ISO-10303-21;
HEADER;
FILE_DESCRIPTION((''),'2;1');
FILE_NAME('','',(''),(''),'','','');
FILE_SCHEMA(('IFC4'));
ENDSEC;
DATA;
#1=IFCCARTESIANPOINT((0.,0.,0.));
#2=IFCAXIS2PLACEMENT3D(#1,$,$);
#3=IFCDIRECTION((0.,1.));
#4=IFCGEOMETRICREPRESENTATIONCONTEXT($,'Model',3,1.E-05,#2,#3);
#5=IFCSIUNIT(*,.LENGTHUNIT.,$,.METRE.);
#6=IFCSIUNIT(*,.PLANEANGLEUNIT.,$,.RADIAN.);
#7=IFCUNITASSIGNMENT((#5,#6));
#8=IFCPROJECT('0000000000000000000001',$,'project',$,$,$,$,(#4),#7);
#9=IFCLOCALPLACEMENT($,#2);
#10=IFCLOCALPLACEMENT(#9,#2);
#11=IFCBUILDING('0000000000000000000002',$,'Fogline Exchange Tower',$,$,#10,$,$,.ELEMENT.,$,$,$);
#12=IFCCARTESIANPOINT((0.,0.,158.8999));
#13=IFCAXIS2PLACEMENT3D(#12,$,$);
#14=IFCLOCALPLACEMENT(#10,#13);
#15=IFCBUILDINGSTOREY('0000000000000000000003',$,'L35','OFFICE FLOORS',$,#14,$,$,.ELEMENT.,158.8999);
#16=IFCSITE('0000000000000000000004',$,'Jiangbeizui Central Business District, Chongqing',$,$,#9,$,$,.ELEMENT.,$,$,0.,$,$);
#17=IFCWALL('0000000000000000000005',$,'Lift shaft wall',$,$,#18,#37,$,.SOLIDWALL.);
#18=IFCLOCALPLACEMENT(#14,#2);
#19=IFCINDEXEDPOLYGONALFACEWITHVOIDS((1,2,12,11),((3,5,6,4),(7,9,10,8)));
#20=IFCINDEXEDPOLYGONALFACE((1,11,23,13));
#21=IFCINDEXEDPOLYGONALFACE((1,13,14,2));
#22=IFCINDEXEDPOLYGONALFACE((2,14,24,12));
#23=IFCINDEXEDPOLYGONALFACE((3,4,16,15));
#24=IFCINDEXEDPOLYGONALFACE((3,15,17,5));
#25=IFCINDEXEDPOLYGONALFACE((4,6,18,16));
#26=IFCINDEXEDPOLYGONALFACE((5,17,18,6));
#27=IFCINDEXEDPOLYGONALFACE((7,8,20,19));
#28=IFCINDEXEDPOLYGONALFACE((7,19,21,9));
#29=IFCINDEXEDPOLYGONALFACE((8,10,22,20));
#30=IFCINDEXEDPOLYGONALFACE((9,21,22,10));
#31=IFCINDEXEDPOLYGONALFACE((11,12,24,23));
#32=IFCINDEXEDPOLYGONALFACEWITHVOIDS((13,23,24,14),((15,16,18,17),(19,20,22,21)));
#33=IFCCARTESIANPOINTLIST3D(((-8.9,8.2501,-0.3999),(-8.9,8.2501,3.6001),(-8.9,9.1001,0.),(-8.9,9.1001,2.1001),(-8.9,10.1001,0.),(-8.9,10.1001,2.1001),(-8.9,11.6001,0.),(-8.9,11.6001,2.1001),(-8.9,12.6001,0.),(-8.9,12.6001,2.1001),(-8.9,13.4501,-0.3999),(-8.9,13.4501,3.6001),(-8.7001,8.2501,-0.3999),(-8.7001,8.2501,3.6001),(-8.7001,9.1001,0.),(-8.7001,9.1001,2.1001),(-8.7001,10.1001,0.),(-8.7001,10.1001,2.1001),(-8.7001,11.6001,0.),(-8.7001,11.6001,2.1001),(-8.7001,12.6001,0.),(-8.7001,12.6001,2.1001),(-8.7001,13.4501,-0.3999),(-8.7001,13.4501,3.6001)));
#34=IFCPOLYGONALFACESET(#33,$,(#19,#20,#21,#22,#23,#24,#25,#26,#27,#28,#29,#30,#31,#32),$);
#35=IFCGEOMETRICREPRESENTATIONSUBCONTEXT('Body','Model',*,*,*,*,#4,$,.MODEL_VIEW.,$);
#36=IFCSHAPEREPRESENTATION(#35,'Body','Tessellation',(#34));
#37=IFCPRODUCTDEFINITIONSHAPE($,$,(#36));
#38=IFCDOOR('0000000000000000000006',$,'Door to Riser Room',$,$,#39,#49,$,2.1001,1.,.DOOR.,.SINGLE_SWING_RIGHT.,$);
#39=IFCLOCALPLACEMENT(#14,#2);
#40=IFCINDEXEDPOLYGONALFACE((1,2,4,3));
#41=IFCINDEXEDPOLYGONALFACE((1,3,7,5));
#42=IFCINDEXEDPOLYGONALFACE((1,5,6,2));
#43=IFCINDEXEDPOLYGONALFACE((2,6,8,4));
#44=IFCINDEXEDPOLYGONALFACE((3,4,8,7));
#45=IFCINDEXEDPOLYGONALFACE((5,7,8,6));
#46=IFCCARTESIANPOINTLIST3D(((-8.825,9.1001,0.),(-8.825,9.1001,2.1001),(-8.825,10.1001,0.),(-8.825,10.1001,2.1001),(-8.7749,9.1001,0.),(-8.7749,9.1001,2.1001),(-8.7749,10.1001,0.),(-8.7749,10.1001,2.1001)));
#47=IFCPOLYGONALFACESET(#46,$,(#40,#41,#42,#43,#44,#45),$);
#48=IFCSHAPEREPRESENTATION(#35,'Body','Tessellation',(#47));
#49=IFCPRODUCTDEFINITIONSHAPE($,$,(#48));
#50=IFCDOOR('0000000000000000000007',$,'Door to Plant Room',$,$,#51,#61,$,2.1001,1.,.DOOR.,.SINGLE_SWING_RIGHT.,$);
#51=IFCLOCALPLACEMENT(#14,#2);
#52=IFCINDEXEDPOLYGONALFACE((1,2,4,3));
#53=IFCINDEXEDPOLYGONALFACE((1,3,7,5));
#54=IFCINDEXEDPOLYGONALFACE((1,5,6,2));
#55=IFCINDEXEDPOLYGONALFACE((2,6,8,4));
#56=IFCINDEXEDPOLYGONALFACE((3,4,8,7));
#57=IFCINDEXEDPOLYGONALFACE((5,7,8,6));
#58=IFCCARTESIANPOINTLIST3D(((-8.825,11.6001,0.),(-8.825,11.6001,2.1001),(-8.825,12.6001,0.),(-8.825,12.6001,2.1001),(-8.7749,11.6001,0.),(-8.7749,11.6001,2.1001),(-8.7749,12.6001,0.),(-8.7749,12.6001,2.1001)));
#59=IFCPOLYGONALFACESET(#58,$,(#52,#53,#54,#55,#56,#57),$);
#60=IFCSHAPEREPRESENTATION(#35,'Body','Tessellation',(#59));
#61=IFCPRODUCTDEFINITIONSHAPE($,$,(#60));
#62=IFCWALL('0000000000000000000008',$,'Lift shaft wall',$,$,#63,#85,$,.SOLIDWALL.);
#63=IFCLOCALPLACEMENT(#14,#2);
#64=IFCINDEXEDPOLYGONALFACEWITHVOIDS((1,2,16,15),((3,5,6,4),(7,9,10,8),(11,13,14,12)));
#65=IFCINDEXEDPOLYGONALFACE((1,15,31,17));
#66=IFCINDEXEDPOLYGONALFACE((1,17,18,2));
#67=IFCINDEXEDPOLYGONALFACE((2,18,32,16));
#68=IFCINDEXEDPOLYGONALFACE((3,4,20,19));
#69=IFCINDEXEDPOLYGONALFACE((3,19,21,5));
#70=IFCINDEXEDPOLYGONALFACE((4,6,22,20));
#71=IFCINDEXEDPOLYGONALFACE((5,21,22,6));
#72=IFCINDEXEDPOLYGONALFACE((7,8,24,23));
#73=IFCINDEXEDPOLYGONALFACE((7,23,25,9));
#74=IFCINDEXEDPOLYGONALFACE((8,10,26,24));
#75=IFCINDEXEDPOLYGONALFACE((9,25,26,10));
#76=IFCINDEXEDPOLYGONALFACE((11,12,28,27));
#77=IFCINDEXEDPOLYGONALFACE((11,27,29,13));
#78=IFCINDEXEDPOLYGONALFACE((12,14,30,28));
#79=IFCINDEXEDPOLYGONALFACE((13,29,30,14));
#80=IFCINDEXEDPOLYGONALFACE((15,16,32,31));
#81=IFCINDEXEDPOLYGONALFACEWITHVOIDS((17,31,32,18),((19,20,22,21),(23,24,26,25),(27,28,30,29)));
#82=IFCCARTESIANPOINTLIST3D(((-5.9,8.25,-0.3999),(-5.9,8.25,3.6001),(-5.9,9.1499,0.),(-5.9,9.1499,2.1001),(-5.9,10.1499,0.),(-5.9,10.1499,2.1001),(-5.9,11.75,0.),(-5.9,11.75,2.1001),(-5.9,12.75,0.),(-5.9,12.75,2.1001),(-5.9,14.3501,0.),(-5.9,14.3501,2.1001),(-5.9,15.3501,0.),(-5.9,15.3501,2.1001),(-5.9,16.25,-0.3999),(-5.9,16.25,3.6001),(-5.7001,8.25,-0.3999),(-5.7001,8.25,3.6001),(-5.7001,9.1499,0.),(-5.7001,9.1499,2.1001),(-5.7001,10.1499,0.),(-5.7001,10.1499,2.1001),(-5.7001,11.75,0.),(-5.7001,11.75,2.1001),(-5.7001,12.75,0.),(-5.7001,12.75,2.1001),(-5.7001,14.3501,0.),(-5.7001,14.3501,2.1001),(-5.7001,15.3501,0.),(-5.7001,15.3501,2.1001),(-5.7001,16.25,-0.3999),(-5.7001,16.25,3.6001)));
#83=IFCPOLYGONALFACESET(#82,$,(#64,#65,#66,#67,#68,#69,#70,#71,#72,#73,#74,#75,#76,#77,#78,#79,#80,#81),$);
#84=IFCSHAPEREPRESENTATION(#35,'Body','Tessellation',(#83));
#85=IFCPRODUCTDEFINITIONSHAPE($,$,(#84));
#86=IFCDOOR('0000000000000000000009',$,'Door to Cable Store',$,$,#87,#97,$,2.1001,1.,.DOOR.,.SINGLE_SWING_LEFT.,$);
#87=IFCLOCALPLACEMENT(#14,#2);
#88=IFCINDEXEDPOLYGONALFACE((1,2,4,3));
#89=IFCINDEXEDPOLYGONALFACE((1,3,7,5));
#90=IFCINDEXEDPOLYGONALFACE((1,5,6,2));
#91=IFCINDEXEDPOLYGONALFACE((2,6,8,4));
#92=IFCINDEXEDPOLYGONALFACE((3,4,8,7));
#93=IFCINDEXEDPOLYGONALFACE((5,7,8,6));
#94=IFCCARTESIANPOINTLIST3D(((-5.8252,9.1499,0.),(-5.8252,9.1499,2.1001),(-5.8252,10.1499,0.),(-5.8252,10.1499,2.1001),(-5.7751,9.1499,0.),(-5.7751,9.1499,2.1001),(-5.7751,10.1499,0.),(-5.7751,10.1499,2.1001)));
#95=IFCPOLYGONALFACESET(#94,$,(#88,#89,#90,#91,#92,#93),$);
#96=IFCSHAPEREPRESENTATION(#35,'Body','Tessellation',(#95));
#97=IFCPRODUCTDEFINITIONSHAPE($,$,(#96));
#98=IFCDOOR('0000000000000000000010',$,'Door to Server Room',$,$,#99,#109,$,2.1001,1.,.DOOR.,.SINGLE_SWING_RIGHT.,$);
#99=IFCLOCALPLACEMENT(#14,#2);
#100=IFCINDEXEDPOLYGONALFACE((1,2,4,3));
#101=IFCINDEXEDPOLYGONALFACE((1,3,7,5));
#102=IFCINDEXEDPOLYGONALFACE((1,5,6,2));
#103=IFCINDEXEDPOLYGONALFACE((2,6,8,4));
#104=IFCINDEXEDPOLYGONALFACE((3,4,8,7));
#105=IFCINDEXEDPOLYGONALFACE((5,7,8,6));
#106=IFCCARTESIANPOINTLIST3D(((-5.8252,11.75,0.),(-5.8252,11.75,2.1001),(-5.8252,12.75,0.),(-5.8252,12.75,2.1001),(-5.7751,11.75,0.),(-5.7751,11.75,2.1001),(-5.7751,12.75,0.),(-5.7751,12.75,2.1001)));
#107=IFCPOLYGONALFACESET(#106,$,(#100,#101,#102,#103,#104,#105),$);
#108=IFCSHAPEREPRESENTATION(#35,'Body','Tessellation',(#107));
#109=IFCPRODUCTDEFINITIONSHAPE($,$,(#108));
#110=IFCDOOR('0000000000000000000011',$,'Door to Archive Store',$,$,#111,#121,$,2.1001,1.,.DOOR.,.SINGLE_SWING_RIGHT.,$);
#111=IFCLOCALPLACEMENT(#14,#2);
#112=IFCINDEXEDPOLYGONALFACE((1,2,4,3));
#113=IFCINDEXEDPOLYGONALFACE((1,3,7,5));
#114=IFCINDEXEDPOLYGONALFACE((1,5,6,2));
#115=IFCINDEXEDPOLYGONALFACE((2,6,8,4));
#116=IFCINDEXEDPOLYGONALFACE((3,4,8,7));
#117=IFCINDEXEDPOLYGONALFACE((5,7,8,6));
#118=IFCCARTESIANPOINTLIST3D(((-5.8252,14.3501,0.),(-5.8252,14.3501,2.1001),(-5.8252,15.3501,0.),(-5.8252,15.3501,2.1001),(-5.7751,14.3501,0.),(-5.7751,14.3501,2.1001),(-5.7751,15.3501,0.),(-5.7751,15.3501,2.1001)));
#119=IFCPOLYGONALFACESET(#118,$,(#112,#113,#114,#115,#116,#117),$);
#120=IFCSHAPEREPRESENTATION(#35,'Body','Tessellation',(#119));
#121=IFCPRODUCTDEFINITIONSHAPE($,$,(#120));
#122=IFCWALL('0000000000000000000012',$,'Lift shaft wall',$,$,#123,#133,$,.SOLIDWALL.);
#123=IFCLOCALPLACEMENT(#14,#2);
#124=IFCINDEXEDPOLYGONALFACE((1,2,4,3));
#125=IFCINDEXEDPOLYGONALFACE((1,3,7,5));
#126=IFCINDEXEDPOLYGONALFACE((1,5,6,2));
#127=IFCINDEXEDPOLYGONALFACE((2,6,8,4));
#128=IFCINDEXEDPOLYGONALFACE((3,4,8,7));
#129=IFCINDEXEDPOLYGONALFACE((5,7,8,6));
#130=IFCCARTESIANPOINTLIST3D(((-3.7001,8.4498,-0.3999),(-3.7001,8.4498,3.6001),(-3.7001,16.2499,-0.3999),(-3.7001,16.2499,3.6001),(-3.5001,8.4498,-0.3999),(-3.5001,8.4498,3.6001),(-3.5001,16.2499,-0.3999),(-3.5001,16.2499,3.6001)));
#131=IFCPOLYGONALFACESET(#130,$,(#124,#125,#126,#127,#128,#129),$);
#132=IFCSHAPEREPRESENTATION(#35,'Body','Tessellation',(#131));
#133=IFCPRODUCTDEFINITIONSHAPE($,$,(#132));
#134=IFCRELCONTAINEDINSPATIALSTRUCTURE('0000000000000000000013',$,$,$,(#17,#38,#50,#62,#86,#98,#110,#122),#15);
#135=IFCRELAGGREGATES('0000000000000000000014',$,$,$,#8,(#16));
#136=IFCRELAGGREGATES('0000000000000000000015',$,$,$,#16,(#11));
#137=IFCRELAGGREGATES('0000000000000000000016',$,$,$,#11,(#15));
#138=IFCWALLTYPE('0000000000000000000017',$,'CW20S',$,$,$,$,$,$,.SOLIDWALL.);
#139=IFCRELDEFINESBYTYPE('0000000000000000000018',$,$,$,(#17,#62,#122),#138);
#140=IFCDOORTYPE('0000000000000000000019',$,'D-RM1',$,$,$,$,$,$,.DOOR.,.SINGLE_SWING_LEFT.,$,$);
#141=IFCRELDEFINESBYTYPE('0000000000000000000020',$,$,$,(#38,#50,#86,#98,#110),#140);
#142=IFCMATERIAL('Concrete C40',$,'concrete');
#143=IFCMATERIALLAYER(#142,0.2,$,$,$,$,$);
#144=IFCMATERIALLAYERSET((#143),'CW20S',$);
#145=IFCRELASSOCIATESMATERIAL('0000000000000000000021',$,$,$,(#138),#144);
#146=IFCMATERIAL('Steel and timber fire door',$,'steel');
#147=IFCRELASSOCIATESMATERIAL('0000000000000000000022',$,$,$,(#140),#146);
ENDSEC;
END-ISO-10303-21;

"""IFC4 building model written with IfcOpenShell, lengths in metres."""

from ifc_helpers import new_model, si_unit, direction, frame, frame_2d, origin, place, context, subcontext, project, spatial, rectangle, extrude, material, layer, layer_set, type_object, element, fill, save


model = new_model("IFC4")

# Units and contexts
model_context = context("Model", 3, precision=1e-05, world=origin(), true_north=direction((0.0, 1.0)))
body_context = subcontext(model_context, "Body", "Model", "MODEL_VIEW")
ifc_project = project(units=[si_unit("LENGTHUNIT", "METRE"), si_unit("PLANEANGLEUNIT", "RADIAN")], contexts=[model_context])

# Site, building, storey
site_placement = place(None, origin())
site = spatial("IfcSite", under=ifc_project, at=site_placement, Name="Jiangbeizui Central Business District, Chongqing", CompositionType="ELEMENT", RefElevation=0.0)
building_placement = place(site_placement, origin())
building = spatial("IfcBuilding", under=site, at=building_placement, Name="Fogline Exchange Tower", CompositionType="ELEMENT")
storey_placement = place(building_placement, frame((0.0, 0.0, 158.8999)))
storey = spatial("IfcBuildingStorey", under=building, at=storey_placement, Name="L35", Description="OFFICE FLOORS", CompositionType="ELEMENT", Elevation=158.8999)

# Shared definitions
ifc_material_1 = material(Name="Steel and timber fire door", Category="steel")

# Shared definitions
ifc_material_2 = material(Name="Concrete C40", Category="concrete")

# Walls, openings, doors
ifc_layer_1 = layer(ifc_material_2, 0.2)
ifc_layer_set_1 = layer_set([ifc_layer_1], Name="CW20S")
wall_type_1 = type_object("IfcWallType", Name="CW20S", PredefinedType="SOLIDWALL", material=ifc_layer_set_1)
wall_1_placement = place(storey_placement, frame((-8.8, 8.25, -0.3999), z_axis=(0.0, 0.0, 1.0), x_axis=(0.0, 1.0, 0.0)))
wall_1 = element("IfcWall", 1, at=wall_1_placement, inside=storey, type_object=wall_type_1, Name="Lift shaft wall", PredefinedType="SOLIDWALL", context=body_context, shape_type="SweptSolid", body=[
    extrude(rectangle(XDim=5.2, YDim=0.2, at=frame_2d((2.6001, 0.0))), origin(), (0.0, 0.0, 1.0), 4.0),
])
opening_1_placement = place(wall_1_placement, frame((0.8501, 0.0, 0.3999)))
opening_1 = element("IfcOpeningElement", 2, at=opening_1_placement, cuts=wall_1, PredefinedType="OPENING", context=body_context, shape_type="SweptSolid", body=[
    extrude(rectangle(XDim=1.0, YDim=2.1001, at=frame_2d((0.5, 1.05))), frame((0.0, 0.1099, 0.0), z_axis=(0.0, -1.0, 0.0), x_axis=(1.0, 0.0, 0.0)), (0.0, 0.0, 1.0), 0.22),
])
opening_2_placement = place(wall_1_placement, frame((3.3501, 0.0, 0.3999)))
opening_2 = element("IfcOpeningElement", 3, at=opening_2_placement, cuts=wall_1, PredefinedType="OPENING", context=body_context, shape_type="SweptSolid", body=[
    extrude(rectangle(XDim=1.0, YDim=2.1001, at=frame_2d((0.5, 1.05))), frame((0.0, 0.1099, 0.0), z_axis=(0.0, -1.0, 0.0), x_axis=(1.0, 0.0, 0.0)), (0.0, 0.0, 1.0), 0.22),
])
door_type_1 = type_object("IfcDoorType", Name="D-RM1", OperationType="SINGLE_SWING_LEFT", PredefinedType="DOOR", material=ifc_material_1)
door_1_placement = place(opening_1_placement, origin())
door_1 = element("IfcDoor", 4, at=door_1_placement, inside=storey, type_object=door_type_1, Name="Door to Riser Room", OperationType="SINGLE_SWING_RIGHT", OverallHeight=2.1001, OverallWidth=1.0, PredefinedType="DOOR", context=body_context, shape_type="SweptSolid", body=[
    extrude(rectangle(XDim=1.0, YDim=2.1001, at=frame_2d((0.5, 1.05))), frame((0.0, 0.0249, 0.0), z_axis=(0.0, -1.0, 0.0), x_axis=(1.0, 0.0, 0.0)), (0.0, 0.0, 1.0), 0.05),
])
fill(opening_1, door_1)
door_2_placement = place(opening_2_placement, origin())
door_2 = element("IfcDoor", 5, at=door_2_placement, inside=storey, type_object=door_type_1, Name="Door to Plant Room", OperationType="SINGLE_SWING_RIGHT", OverallHeight=2.1001, OverallWidth=1.0, PredefinedType="DOOR", context=body_context, shape_type="SweptSolid", body=[
    extrude(rectangle(XDim=1.0, YDim=2.1001, at=frame_2d((0.5, 1.05))), frame((0.0, 0.0249, 0.0), z_axis=(0.0, -1.0, 0.0), x_axis=(1.0, 0.0, 0.0)), (0.0, 0.0, 1.0), 0.05),
])
fill(opening_2, door_2)
wall_2_placement = place(storey_placement, frame((-5.8, 8.25, -0.3999), z_axis=(0.0, 0.0, 1.0), x_axis=(0.0, 1.0, 0.0)))
wall_2 = element("IfcWall", 6, at=wall_2_placement, inside=storey, type_object=wall_type_1, Name="Lift shaft wall", PredefinedType="SOLIDWALL", context=body_context, shape_type="SweptSolid", body=[
    extrude(rectangle(XDim=8.0, YDim=0.2, at=frame_2d((4.0, 0.0))), origin(), (0.0, 0.0, 1.0), 4.0),
])
opening_3_placement = place(wall_2_placement, frame((0.8999, 0.0, 0.3999)))
opening_3 = element("IfcOpeningElement", 7, at=opening_3_placement, cuts=wall_2, PredefinedType="OPENING", context=body_context, shape_type="SweptSolid", body=[
    extrude(rectangle(XDim=1.0, YDim=2.1001, at=frame_2d((0.5, 1.05))), frame((0.0, 0.1099, 0.0), z_axis=(0.0, -1.0, 0.0), x_axis=(1.0, 0.0, 0.0)), (0.0, 0.0, 1.0), 0.22),
])
opening_4_placement = place(wall_2_placement, frame((3.5, 0.0, 0.3999)))
opening_4 = element("IfcOpeningElement", 8, at=opening_4_placement, cuts=wall_2, PredefinedType="OPENING", context=body_context, shape_type="SweptSolid", body=[
    extrude(rectangle(XDim=1.0, YDim=2.1001, at=frame_2d((0.5, 1.05))), frame((0.0, 0.1099, 0.0), z_axis=(0.0, -1.0, 0.0), x_axis=(1.0, 0.0, 0.0)), (0.0, 0.0, 1.0), 0.22),
])
opening_5_placement = place(wall_2_placement, frame((6.1001, 0.0, 0.3999)))
opening_5 = element("IfcOpeningElement", 9, at=opening_5_placement, cuts=wall_2, PredefinedType="OPENING", context=body_context, shape_type="SweptSolid", body=[
    extrude(rectangle(XDim=1.0, YDim=2.1001, at=frame_2d((0.5, 1.05))), frame((0.0, 0.1099, 0.0), z_axis=(0.0, -1.0, 0.0), x_axis=(1.0, 0.0, 0.0)), (0.0, 0.0, 1.0), 0.22),
])
door_3_placement = place(opening_3_placement, frame((1.0, 0.0, 0.0), z_axis=(0.0, 0.0, 1.0), x_axis=(-1.0, 0.0, 0.0)))
door_3 = element("IfcDoor", 10, at=door_3_placement, inside=storey, type_object=door_type_1, Name="Door to Cable Store", OperationType="SINGLE_SWING_LEFT", OverallHeight=2.1001, OverallWidth=1.0, PredefinedType="DOOR", context=body_context, shape_type="SweptSolid", body=[
    extrude(rectangle(XDim=1.0, YDim=2.1001, at=frame_2d((0.5, 1.05))), frame((0.0, 0.0249, 0.0), z_axis=(0.0, -1.0, 0.0), x_axis=(1.0, 0.0, 0.0)), (0.0, 0.0, 1.0), 0.05),
])
fill(opening_3, door_3)
door_4_placement = place(opening_4_placement, frame((1.0, 0.0, 0.0), z_axis=(0.0, 0.0, 1.0), x_axis=(-1.0, 0.0, 0.0)))
door_4 = element("IfcDoor", 11, at=door_4_placement, inside=storey, type_object=door_type_1, Name="Door to Server Room", OperationType="SINGLE_SWING_RIGHT", OverallHeight=2.1001, OverallWidth=1.0, PredefinedType="DOOR", context=body_context, shape_type="SweptSolid", body=[
    extrude(rectangle(XDim=1.0, YDim=2.1001, at=frame_2d((0.5, 1.05))), frame((0.0, 0.0249, 0.0), z_axis=(0.0, -1.0, 0.0), x_axis=(1.0, 0.0, 0.0)), (0.0, 0.0, 1.0), 0.05),
])
fill(opening_4, door_4)
door_5_placement = place(opening_5_placement, frame((1.0, 0.0, 0.0), z_axis=(0.0, 0.0, 1.0), x_axis=(-1.0, 0.0, 0.0)))
door_5 = element("IfcDoor", 12, at=door_5_placement, inside=storey, type_object=door_type_1, Name="Door to Archive Store", OperationType="SINGLE_SWING_RIGHT", OverallHeight=2.1001, OverallWidth=1.0, PredefinedType="DOOR", context=body_context, shape_type="SweptSolid", body=[
    extrude(rectangle(XDim=1.0, YDim=2.1001, at=frame_2d((0.5, 1.05))), frame((0.0, 0.0249, 0.0), z_axis=(0.0, -1.0, 0.0), x_axis=(1.0, 0.0, 0.0)), (0.0, 0.0, 1.0), 0.05),
])
fill(opening_5, door_5)

# Wall
wall_3_placement = place(storey_placement, frame((-3.6001, 8.45, -0.3999), z_axis=(0.0, 0.0, 1.0), x_axis=(0.0, 1.0, 0.0)))
element("IfcWall", 13, at=wall_3_placement, inside=storey, type_object=wall_type_1, Name="Lift shaft wall", PredefinedType="SOLIDWALL", context=body_context, shape_type="SweptSolid", body=[
    extrude(rectangle(XDim=7.8, YDim=0.2, at=frame_2d((3.8999, 0.0))), origin(), (0.0, 0.0, 1.0), 4.0),
])

save(model, "model.ifc")
